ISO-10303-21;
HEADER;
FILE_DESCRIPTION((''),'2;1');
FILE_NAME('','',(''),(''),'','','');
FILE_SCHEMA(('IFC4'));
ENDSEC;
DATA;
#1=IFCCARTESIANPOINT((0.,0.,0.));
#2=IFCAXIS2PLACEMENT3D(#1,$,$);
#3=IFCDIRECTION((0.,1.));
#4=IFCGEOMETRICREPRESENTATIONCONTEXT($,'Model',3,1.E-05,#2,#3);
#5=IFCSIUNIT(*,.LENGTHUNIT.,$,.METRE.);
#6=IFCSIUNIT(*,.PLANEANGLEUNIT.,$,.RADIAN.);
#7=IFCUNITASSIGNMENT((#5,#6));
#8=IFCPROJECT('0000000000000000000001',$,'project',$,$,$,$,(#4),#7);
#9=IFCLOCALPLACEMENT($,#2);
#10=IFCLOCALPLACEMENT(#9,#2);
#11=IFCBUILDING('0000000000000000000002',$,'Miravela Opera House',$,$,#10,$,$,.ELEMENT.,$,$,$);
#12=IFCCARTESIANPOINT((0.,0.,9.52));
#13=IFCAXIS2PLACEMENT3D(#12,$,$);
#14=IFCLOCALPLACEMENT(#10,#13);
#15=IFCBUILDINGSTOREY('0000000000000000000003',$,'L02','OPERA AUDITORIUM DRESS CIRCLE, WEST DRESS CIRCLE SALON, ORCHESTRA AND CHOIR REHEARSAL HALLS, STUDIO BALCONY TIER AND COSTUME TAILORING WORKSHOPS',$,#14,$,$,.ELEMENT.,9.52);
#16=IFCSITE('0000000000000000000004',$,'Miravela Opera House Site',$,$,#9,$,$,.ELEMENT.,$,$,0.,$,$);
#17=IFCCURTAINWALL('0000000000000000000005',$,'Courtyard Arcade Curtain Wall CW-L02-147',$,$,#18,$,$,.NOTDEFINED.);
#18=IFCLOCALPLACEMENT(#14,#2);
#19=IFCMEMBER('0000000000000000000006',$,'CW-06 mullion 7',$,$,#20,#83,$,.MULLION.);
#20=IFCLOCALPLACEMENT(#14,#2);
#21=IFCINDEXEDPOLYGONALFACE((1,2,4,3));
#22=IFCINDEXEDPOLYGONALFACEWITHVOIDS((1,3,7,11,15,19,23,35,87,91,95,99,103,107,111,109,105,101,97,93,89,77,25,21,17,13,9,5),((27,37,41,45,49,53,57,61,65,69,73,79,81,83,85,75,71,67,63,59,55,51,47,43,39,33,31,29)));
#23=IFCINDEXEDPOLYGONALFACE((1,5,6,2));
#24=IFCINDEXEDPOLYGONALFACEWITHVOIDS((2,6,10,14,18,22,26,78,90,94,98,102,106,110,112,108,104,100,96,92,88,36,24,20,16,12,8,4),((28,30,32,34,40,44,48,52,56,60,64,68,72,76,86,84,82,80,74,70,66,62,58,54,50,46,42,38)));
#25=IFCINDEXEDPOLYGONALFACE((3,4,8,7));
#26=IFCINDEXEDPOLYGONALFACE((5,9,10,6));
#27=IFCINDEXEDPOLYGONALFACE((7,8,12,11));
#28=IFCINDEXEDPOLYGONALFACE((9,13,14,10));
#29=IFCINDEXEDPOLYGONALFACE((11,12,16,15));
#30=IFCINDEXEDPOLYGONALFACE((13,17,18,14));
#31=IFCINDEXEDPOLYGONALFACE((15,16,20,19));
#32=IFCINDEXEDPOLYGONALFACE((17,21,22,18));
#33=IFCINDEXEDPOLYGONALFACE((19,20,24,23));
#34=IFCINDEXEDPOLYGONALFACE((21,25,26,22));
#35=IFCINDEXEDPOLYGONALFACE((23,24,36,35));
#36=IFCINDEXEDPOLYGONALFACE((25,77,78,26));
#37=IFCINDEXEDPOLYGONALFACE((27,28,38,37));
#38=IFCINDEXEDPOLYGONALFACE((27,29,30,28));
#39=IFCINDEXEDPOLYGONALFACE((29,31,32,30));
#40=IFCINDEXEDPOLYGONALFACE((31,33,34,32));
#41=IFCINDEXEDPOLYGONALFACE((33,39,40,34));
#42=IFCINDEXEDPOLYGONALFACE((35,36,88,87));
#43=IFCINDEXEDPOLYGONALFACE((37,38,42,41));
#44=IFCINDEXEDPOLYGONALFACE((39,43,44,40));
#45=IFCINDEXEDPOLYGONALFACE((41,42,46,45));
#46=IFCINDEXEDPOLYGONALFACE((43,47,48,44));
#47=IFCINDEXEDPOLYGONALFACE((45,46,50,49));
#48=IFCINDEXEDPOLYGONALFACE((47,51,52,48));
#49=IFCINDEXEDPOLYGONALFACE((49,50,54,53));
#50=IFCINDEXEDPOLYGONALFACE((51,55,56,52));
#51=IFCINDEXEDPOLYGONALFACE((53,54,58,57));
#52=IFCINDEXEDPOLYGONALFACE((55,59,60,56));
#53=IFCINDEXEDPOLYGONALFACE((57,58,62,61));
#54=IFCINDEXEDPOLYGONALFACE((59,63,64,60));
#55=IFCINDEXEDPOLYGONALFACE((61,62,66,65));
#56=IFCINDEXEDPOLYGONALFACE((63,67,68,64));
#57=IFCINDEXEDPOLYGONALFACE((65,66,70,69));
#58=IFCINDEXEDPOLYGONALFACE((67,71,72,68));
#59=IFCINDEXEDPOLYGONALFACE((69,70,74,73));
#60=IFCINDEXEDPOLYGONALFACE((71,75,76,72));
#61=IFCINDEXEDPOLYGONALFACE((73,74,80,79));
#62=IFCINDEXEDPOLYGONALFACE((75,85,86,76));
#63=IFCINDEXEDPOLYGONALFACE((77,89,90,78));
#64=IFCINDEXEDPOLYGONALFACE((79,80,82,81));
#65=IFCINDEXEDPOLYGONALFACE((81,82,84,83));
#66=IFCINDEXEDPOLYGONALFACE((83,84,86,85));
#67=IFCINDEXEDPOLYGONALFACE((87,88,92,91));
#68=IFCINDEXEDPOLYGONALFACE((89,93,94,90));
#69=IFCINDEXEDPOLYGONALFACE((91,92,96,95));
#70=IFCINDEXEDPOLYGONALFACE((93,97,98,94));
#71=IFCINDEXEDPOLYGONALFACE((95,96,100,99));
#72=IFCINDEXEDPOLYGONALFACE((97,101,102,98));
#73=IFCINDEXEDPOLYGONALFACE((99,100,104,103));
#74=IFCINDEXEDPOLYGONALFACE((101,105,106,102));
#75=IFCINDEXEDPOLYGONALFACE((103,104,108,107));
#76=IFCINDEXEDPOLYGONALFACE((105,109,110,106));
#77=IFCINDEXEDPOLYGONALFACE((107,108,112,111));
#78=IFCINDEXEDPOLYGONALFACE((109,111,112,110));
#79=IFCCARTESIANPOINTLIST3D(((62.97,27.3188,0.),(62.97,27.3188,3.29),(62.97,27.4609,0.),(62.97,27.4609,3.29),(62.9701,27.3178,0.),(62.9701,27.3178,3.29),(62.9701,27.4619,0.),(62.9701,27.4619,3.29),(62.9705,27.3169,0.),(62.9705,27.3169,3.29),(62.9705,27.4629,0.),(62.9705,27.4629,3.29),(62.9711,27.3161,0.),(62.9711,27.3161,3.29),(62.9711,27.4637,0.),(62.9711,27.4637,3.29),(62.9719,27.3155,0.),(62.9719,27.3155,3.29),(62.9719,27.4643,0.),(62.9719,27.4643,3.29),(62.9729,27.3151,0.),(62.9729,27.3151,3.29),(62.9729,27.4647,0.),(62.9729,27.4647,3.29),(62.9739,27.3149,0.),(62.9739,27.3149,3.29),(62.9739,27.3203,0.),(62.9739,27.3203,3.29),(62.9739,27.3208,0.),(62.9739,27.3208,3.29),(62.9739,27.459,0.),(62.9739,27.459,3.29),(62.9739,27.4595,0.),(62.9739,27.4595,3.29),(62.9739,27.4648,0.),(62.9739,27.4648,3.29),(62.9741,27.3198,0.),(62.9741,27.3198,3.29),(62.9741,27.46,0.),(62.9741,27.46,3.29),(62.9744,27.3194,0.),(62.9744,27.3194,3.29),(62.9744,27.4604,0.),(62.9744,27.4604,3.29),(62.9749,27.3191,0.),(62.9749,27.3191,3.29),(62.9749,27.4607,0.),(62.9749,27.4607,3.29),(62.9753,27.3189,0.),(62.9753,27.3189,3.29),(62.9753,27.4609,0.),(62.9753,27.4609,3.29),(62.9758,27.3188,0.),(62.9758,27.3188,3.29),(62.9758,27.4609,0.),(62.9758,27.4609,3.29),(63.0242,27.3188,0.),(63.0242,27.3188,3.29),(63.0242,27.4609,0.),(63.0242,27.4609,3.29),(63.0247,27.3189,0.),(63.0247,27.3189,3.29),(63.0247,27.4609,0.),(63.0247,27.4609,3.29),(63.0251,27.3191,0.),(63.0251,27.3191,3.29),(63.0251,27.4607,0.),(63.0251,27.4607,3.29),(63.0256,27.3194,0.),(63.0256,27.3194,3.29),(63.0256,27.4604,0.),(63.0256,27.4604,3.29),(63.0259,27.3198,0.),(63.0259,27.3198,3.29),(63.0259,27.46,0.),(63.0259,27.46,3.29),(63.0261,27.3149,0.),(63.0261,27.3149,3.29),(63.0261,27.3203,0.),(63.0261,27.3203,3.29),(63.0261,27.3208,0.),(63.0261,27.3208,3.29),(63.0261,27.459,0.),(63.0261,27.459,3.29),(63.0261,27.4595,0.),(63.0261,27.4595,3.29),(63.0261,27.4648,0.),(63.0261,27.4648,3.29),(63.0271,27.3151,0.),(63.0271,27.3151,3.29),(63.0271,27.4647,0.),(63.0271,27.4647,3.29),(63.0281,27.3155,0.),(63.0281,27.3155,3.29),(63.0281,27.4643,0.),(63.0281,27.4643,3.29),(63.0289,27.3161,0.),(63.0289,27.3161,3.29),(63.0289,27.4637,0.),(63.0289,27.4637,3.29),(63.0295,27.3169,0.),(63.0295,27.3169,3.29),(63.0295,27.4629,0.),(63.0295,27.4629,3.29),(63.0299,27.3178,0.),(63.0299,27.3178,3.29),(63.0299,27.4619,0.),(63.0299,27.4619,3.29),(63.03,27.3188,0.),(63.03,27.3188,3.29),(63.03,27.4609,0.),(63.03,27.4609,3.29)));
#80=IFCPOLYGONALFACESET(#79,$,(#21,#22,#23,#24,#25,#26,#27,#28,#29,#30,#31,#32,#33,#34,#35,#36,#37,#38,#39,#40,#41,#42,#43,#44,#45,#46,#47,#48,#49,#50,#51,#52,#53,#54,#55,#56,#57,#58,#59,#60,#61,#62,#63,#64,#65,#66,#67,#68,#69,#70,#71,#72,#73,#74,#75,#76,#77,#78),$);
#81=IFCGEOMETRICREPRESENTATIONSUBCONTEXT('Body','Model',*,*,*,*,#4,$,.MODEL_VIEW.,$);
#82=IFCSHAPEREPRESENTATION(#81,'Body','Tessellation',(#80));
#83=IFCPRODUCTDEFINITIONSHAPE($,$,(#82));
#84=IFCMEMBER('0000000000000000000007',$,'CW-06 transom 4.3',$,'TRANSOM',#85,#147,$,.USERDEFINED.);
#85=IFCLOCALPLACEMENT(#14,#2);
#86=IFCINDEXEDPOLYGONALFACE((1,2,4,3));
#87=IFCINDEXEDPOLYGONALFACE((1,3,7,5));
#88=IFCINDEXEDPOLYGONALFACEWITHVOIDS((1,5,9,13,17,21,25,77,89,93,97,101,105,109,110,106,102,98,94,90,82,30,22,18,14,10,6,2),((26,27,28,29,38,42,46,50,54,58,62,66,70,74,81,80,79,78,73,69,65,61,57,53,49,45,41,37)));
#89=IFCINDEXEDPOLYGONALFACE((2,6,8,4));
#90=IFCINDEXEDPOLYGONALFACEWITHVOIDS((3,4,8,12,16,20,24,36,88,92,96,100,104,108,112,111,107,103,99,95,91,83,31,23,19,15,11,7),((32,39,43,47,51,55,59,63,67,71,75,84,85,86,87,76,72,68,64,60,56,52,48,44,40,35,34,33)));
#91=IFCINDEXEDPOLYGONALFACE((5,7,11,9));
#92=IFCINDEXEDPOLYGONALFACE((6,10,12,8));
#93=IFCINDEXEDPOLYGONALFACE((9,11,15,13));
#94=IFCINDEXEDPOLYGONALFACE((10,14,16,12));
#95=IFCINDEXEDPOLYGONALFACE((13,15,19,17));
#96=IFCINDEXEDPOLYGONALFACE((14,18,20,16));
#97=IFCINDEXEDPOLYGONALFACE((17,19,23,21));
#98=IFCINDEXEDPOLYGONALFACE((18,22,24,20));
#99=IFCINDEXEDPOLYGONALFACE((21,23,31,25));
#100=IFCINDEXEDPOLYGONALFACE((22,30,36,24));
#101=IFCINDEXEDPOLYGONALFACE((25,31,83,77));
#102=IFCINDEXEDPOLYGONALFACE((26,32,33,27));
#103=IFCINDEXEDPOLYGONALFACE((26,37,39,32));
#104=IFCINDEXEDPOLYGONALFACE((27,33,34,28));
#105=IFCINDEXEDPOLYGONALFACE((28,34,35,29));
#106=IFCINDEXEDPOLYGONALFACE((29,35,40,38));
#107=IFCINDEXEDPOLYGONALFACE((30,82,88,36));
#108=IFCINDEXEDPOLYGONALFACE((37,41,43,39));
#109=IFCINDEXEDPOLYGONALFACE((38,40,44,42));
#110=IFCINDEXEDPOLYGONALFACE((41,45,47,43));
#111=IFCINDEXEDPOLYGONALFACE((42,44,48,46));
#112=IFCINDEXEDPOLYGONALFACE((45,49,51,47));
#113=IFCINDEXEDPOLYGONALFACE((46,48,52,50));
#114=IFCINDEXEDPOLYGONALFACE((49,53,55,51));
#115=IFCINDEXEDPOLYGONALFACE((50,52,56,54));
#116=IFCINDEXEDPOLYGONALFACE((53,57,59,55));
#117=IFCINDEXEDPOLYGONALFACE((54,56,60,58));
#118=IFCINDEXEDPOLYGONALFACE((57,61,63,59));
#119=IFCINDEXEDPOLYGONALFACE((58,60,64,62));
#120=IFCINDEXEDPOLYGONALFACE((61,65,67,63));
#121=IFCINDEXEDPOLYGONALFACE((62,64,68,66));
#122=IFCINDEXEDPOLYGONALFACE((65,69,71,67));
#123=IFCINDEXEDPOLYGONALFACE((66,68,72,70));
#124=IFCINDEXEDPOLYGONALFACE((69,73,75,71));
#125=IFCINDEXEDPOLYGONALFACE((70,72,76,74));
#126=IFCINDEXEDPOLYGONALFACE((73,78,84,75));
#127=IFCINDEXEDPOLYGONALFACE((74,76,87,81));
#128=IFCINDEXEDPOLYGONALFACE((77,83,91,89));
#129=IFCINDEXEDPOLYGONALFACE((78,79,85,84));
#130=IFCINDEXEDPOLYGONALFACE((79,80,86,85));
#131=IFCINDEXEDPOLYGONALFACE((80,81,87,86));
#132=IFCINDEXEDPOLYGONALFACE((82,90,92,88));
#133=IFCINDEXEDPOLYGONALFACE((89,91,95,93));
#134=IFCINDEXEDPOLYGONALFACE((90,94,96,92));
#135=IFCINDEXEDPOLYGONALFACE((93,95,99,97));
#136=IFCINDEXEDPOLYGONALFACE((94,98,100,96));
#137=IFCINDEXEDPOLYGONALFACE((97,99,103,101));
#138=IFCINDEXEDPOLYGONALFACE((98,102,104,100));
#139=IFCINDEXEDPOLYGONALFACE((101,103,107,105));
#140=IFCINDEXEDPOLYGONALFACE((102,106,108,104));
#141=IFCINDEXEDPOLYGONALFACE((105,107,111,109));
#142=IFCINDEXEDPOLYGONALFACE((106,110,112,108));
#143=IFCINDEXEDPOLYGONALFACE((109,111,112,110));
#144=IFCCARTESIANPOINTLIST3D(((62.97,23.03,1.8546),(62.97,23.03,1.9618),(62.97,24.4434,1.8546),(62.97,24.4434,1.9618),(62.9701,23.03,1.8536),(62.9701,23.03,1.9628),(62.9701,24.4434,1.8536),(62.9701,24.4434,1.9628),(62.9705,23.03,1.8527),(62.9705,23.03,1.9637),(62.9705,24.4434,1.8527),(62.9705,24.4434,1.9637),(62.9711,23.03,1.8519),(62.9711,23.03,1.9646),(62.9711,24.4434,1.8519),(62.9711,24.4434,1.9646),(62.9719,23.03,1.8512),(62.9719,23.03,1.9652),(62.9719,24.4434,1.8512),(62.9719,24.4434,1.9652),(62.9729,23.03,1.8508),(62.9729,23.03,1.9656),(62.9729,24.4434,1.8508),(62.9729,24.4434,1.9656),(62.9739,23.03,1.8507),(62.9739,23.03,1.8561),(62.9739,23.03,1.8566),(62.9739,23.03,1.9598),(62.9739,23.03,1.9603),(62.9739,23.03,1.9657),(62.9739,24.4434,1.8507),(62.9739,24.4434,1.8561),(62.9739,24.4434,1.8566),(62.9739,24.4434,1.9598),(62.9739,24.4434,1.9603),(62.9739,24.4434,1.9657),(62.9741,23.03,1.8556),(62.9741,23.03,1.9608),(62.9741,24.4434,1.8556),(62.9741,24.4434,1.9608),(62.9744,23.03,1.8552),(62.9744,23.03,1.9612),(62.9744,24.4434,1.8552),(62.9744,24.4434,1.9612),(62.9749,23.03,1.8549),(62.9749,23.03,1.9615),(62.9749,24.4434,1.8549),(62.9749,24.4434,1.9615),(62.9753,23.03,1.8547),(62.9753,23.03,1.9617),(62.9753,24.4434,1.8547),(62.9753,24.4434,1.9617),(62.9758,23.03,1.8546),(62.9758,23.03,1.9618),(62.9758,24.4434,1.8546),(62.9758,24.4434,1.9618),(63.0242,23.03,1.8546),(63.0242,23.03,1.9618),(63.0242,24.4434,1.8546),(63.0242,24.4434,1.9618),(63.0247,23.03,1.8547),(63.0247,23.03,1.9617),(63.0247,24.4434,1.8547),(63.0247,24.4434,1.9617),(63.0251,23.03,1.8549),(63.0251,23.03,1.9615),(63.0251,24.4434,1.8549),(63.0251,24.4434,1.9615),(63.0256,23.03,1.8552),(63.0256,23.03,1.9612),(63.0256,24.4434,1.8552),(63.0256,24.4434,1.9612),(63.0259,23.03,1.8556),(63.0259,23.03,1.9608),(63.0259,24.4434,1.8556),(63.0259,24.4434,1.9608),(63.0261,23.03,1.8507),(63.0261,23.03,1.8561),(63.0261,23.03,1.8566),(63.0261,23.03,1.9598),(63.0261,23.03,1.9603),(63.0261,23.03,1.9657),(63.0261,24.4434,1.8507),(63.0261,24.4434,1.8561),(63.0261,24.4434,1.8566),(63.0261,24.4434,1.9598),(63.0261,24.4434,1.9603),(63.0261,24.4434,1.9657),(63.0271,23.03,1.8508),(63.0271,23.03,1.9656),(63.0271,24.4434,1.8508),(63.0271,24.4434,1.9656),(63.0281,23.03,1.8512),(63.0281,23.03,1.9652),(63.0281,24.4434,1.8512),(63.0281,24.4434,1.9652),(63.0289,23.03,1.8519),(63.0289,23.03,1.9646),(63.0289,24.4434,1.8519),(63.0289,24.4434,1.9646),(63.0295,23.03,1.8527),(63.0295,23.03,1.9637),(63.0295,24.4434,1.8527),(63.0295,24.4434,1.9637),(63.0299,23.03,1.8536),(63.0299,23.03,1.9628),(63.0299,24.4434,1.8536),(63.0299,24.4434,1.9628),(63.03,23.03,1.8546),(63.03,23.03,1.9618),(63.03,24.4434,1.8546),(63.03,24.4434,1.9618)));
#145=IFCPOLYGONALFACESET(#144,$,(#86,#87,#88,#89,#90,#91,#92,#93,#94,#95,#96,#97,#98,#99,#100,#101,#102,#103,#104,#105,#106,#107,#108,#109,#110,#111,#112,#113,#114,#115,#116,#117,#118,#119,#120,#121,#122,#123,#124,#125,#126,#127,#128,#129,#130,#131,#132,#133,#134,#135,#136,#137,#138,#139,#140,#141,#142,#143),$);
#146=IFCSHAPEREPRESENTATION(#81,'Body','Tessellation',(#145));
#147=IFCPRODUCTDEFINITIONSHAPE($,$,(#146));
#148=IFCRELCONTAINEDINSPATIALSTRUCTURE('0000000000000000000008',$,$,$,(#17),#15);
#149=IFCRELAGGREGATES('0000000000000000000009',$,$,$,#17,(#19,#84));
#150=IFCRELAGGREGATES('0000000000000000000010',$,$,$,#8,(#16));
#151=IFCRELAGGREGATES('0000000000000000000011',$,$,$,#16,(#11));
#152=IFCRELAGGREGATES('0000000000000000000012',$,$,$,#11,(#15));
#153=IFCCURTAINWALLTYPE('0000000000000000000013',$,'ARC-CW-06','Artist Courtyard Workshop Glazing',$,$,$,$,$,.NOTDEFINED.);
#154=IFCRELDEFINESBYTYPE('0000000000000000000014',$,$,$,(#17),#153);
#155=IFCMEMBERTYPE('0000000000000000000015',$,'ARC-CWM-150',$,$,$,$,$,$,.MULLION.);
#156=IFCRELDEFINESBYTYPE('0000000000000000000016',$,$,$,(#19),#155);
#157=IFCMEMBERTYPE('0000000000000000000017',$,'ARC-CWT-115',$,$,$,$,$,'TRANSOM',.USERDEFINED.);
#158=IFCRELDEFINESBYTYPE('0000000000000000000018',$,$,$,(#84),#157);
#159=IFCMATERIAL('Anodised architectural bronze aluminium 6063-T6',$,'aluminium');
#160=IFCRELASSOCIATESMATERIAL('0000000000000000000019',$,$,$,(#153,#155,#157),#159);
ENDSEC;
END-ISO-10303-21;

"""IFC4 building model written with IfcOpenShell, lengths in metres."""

from ifc_helpers import new_model, si_unit, direction, frame, origin, origin_2d, place, context, subcontext, project, spatial, hollow_rectangle, extrude, material, material_profile, profile_set, type_object, element, aggregate, save


model = new_model("IFC4")

# Units and contexts
model_context = context("Model", 3, precision=1e-05, world=origin(), true_north=direction((0.0, 1.0)))
body_context = subcontext(model_context, "Body", "Model", "MODEL_VIEW")
ifc_project = project(units=[si_unit("LENGTHUNIT", "METRE"), si_unit("PLANEANGLEUNIT", "RADIAN")], contexts=[model_context])

# Site, building, storey
site_placement = place(None, origin())
site = spatial("IfcSite", under=ifc_project, at=site_placement, Name="Miravela Opera House Site", CompositionType="ELEMENT", RefElevation=0.0)
building_placement = place(site_placement, origin())
building = spatial("IfcBuilding", under=site, at=building_placement, Name="Miravela Opera House", CompositionType="ELEMENT")
storey_placement = place(building_placement, frame((0.0, 0.0, 9.52)))
storey = spatial("IfcBuildingStorey", under=building, at=storey_placement, Name="L02", Description="OPERA AUDITORIUM DRESS CIRCLE, WEST DRESS CIRCLE SALON, ORCHESTRA AND CHOIR REHEARSAL HALLS, STUDIO BALCONY TIER AND COSTUME TAILORING WORKSHOPS", CompositionType="ELEMENT", Elevation=9.52)

# Curtain wall, members
ifc_material_1 = material(Name="Anodised architectural bronze aluminium 6063-T6", Category="aluminium")
curtain_wall_type = type_object("IfcCurtainWallType", Name="ARC-CW-06", Description="Artist Courtyard Workshop Glazing", PredefinedType="NOTDEFINED", material=ifc_material_1)
curtain_wall_1_placement = place(storey_placement, origin())
curtain_wall_1 = element("IfcCurtainWall", 1, at=curtain_wall_1_placement, inside=storey, type_object=curtain_wall_type, Name="Courtyard Arcade Curtain Wall CW-L02-147", PredefinedType="NOTDEFINED")
ifc_material_profile_1 = material_profile(ifc_material_1, hollow_rectangle(XDim=0.0601, YDim=0.1499, WallThickness=0.0039, InnerFilletRadius=0.002, OuterFilletRadius=0.0039, at=origin_2d()), Name="CWM-60X150")
ifc_profile_set_1 = profile_set([ifc_material_profile_1])
member_type_1 = type_object("IfcMemberType", Name="ARC-CWM-150", PredefinedType="MULLION", material=ifc_profile_set_1)
member_1_placement = place(storey_placement, frame((63.0, 27.3899, 0.0), z_axis=(0.0, 0.0, 1.0), x_axis=(-1.0, 0.0, 0.0)))
member_1 = element("IfcMember", 2, at=member_1_placement, type_object=member_type_1, Name="CW-06 mullion 7", PredefinedType="MULLION", context=body_context, shape_type="SweptSolid", body=[
    extrude(hollow_rectangle(XDim=0.0601, YDim=0.1499, WallThickness=0.0039, InnerFilletRadius=0.002, OuterFilletRadius=0.0039, at=origin_2d()), origin(), (0.0, 0.0, 1.0), 3.29),
])
ifc_material_profile_2 = material_profile(ifc_material_1, hollow_rectangle(XDim=0.0601, YDim=0.115, WallThickness=0.0039, InnerFilletRadius=0.002, OuterFilletRadius=0.0039, at=origin_2d()), Name="CWT-60X115")
ifc_profile_set_2 = profile_set([ifc_material_profile_2])
member_type_2 = type_object("IfcMemberType", Name="ARC-CWT-115", ElementType="TRANSOM", PredefinedType="USERDEFINED", material=ifc_profile_set_2)
member_2_placement = place(storey_placement, frame((63.0, 23.03, 1.9082), z_axis=(0.0, 1.0, 0.0), x_axis=(-1.0, 0.0, 0.0)))
member_2 = element("IfcMember", 3, at=member_2_placement, type_object=member_type_2, Name="CW-06 transom 4.3", ObjectType="TRANSOM", PredefinedType="USERDEFINED", context=body_context, shape_type="SweptSolid", body=[
    extrude(hollow_rectangle(XDim=0.0601, YDim=0.115, WallThickness=0.0039, InnerFilletRadius=0.002, OuterFilletRadius=0.0039, at=origin_2d()), origin(), (0.0, 0.0, 1.0), 1.4133),
])

aggregate(curtain_wall_1, [member_1, member_2])

save(model, "model.ifc")
